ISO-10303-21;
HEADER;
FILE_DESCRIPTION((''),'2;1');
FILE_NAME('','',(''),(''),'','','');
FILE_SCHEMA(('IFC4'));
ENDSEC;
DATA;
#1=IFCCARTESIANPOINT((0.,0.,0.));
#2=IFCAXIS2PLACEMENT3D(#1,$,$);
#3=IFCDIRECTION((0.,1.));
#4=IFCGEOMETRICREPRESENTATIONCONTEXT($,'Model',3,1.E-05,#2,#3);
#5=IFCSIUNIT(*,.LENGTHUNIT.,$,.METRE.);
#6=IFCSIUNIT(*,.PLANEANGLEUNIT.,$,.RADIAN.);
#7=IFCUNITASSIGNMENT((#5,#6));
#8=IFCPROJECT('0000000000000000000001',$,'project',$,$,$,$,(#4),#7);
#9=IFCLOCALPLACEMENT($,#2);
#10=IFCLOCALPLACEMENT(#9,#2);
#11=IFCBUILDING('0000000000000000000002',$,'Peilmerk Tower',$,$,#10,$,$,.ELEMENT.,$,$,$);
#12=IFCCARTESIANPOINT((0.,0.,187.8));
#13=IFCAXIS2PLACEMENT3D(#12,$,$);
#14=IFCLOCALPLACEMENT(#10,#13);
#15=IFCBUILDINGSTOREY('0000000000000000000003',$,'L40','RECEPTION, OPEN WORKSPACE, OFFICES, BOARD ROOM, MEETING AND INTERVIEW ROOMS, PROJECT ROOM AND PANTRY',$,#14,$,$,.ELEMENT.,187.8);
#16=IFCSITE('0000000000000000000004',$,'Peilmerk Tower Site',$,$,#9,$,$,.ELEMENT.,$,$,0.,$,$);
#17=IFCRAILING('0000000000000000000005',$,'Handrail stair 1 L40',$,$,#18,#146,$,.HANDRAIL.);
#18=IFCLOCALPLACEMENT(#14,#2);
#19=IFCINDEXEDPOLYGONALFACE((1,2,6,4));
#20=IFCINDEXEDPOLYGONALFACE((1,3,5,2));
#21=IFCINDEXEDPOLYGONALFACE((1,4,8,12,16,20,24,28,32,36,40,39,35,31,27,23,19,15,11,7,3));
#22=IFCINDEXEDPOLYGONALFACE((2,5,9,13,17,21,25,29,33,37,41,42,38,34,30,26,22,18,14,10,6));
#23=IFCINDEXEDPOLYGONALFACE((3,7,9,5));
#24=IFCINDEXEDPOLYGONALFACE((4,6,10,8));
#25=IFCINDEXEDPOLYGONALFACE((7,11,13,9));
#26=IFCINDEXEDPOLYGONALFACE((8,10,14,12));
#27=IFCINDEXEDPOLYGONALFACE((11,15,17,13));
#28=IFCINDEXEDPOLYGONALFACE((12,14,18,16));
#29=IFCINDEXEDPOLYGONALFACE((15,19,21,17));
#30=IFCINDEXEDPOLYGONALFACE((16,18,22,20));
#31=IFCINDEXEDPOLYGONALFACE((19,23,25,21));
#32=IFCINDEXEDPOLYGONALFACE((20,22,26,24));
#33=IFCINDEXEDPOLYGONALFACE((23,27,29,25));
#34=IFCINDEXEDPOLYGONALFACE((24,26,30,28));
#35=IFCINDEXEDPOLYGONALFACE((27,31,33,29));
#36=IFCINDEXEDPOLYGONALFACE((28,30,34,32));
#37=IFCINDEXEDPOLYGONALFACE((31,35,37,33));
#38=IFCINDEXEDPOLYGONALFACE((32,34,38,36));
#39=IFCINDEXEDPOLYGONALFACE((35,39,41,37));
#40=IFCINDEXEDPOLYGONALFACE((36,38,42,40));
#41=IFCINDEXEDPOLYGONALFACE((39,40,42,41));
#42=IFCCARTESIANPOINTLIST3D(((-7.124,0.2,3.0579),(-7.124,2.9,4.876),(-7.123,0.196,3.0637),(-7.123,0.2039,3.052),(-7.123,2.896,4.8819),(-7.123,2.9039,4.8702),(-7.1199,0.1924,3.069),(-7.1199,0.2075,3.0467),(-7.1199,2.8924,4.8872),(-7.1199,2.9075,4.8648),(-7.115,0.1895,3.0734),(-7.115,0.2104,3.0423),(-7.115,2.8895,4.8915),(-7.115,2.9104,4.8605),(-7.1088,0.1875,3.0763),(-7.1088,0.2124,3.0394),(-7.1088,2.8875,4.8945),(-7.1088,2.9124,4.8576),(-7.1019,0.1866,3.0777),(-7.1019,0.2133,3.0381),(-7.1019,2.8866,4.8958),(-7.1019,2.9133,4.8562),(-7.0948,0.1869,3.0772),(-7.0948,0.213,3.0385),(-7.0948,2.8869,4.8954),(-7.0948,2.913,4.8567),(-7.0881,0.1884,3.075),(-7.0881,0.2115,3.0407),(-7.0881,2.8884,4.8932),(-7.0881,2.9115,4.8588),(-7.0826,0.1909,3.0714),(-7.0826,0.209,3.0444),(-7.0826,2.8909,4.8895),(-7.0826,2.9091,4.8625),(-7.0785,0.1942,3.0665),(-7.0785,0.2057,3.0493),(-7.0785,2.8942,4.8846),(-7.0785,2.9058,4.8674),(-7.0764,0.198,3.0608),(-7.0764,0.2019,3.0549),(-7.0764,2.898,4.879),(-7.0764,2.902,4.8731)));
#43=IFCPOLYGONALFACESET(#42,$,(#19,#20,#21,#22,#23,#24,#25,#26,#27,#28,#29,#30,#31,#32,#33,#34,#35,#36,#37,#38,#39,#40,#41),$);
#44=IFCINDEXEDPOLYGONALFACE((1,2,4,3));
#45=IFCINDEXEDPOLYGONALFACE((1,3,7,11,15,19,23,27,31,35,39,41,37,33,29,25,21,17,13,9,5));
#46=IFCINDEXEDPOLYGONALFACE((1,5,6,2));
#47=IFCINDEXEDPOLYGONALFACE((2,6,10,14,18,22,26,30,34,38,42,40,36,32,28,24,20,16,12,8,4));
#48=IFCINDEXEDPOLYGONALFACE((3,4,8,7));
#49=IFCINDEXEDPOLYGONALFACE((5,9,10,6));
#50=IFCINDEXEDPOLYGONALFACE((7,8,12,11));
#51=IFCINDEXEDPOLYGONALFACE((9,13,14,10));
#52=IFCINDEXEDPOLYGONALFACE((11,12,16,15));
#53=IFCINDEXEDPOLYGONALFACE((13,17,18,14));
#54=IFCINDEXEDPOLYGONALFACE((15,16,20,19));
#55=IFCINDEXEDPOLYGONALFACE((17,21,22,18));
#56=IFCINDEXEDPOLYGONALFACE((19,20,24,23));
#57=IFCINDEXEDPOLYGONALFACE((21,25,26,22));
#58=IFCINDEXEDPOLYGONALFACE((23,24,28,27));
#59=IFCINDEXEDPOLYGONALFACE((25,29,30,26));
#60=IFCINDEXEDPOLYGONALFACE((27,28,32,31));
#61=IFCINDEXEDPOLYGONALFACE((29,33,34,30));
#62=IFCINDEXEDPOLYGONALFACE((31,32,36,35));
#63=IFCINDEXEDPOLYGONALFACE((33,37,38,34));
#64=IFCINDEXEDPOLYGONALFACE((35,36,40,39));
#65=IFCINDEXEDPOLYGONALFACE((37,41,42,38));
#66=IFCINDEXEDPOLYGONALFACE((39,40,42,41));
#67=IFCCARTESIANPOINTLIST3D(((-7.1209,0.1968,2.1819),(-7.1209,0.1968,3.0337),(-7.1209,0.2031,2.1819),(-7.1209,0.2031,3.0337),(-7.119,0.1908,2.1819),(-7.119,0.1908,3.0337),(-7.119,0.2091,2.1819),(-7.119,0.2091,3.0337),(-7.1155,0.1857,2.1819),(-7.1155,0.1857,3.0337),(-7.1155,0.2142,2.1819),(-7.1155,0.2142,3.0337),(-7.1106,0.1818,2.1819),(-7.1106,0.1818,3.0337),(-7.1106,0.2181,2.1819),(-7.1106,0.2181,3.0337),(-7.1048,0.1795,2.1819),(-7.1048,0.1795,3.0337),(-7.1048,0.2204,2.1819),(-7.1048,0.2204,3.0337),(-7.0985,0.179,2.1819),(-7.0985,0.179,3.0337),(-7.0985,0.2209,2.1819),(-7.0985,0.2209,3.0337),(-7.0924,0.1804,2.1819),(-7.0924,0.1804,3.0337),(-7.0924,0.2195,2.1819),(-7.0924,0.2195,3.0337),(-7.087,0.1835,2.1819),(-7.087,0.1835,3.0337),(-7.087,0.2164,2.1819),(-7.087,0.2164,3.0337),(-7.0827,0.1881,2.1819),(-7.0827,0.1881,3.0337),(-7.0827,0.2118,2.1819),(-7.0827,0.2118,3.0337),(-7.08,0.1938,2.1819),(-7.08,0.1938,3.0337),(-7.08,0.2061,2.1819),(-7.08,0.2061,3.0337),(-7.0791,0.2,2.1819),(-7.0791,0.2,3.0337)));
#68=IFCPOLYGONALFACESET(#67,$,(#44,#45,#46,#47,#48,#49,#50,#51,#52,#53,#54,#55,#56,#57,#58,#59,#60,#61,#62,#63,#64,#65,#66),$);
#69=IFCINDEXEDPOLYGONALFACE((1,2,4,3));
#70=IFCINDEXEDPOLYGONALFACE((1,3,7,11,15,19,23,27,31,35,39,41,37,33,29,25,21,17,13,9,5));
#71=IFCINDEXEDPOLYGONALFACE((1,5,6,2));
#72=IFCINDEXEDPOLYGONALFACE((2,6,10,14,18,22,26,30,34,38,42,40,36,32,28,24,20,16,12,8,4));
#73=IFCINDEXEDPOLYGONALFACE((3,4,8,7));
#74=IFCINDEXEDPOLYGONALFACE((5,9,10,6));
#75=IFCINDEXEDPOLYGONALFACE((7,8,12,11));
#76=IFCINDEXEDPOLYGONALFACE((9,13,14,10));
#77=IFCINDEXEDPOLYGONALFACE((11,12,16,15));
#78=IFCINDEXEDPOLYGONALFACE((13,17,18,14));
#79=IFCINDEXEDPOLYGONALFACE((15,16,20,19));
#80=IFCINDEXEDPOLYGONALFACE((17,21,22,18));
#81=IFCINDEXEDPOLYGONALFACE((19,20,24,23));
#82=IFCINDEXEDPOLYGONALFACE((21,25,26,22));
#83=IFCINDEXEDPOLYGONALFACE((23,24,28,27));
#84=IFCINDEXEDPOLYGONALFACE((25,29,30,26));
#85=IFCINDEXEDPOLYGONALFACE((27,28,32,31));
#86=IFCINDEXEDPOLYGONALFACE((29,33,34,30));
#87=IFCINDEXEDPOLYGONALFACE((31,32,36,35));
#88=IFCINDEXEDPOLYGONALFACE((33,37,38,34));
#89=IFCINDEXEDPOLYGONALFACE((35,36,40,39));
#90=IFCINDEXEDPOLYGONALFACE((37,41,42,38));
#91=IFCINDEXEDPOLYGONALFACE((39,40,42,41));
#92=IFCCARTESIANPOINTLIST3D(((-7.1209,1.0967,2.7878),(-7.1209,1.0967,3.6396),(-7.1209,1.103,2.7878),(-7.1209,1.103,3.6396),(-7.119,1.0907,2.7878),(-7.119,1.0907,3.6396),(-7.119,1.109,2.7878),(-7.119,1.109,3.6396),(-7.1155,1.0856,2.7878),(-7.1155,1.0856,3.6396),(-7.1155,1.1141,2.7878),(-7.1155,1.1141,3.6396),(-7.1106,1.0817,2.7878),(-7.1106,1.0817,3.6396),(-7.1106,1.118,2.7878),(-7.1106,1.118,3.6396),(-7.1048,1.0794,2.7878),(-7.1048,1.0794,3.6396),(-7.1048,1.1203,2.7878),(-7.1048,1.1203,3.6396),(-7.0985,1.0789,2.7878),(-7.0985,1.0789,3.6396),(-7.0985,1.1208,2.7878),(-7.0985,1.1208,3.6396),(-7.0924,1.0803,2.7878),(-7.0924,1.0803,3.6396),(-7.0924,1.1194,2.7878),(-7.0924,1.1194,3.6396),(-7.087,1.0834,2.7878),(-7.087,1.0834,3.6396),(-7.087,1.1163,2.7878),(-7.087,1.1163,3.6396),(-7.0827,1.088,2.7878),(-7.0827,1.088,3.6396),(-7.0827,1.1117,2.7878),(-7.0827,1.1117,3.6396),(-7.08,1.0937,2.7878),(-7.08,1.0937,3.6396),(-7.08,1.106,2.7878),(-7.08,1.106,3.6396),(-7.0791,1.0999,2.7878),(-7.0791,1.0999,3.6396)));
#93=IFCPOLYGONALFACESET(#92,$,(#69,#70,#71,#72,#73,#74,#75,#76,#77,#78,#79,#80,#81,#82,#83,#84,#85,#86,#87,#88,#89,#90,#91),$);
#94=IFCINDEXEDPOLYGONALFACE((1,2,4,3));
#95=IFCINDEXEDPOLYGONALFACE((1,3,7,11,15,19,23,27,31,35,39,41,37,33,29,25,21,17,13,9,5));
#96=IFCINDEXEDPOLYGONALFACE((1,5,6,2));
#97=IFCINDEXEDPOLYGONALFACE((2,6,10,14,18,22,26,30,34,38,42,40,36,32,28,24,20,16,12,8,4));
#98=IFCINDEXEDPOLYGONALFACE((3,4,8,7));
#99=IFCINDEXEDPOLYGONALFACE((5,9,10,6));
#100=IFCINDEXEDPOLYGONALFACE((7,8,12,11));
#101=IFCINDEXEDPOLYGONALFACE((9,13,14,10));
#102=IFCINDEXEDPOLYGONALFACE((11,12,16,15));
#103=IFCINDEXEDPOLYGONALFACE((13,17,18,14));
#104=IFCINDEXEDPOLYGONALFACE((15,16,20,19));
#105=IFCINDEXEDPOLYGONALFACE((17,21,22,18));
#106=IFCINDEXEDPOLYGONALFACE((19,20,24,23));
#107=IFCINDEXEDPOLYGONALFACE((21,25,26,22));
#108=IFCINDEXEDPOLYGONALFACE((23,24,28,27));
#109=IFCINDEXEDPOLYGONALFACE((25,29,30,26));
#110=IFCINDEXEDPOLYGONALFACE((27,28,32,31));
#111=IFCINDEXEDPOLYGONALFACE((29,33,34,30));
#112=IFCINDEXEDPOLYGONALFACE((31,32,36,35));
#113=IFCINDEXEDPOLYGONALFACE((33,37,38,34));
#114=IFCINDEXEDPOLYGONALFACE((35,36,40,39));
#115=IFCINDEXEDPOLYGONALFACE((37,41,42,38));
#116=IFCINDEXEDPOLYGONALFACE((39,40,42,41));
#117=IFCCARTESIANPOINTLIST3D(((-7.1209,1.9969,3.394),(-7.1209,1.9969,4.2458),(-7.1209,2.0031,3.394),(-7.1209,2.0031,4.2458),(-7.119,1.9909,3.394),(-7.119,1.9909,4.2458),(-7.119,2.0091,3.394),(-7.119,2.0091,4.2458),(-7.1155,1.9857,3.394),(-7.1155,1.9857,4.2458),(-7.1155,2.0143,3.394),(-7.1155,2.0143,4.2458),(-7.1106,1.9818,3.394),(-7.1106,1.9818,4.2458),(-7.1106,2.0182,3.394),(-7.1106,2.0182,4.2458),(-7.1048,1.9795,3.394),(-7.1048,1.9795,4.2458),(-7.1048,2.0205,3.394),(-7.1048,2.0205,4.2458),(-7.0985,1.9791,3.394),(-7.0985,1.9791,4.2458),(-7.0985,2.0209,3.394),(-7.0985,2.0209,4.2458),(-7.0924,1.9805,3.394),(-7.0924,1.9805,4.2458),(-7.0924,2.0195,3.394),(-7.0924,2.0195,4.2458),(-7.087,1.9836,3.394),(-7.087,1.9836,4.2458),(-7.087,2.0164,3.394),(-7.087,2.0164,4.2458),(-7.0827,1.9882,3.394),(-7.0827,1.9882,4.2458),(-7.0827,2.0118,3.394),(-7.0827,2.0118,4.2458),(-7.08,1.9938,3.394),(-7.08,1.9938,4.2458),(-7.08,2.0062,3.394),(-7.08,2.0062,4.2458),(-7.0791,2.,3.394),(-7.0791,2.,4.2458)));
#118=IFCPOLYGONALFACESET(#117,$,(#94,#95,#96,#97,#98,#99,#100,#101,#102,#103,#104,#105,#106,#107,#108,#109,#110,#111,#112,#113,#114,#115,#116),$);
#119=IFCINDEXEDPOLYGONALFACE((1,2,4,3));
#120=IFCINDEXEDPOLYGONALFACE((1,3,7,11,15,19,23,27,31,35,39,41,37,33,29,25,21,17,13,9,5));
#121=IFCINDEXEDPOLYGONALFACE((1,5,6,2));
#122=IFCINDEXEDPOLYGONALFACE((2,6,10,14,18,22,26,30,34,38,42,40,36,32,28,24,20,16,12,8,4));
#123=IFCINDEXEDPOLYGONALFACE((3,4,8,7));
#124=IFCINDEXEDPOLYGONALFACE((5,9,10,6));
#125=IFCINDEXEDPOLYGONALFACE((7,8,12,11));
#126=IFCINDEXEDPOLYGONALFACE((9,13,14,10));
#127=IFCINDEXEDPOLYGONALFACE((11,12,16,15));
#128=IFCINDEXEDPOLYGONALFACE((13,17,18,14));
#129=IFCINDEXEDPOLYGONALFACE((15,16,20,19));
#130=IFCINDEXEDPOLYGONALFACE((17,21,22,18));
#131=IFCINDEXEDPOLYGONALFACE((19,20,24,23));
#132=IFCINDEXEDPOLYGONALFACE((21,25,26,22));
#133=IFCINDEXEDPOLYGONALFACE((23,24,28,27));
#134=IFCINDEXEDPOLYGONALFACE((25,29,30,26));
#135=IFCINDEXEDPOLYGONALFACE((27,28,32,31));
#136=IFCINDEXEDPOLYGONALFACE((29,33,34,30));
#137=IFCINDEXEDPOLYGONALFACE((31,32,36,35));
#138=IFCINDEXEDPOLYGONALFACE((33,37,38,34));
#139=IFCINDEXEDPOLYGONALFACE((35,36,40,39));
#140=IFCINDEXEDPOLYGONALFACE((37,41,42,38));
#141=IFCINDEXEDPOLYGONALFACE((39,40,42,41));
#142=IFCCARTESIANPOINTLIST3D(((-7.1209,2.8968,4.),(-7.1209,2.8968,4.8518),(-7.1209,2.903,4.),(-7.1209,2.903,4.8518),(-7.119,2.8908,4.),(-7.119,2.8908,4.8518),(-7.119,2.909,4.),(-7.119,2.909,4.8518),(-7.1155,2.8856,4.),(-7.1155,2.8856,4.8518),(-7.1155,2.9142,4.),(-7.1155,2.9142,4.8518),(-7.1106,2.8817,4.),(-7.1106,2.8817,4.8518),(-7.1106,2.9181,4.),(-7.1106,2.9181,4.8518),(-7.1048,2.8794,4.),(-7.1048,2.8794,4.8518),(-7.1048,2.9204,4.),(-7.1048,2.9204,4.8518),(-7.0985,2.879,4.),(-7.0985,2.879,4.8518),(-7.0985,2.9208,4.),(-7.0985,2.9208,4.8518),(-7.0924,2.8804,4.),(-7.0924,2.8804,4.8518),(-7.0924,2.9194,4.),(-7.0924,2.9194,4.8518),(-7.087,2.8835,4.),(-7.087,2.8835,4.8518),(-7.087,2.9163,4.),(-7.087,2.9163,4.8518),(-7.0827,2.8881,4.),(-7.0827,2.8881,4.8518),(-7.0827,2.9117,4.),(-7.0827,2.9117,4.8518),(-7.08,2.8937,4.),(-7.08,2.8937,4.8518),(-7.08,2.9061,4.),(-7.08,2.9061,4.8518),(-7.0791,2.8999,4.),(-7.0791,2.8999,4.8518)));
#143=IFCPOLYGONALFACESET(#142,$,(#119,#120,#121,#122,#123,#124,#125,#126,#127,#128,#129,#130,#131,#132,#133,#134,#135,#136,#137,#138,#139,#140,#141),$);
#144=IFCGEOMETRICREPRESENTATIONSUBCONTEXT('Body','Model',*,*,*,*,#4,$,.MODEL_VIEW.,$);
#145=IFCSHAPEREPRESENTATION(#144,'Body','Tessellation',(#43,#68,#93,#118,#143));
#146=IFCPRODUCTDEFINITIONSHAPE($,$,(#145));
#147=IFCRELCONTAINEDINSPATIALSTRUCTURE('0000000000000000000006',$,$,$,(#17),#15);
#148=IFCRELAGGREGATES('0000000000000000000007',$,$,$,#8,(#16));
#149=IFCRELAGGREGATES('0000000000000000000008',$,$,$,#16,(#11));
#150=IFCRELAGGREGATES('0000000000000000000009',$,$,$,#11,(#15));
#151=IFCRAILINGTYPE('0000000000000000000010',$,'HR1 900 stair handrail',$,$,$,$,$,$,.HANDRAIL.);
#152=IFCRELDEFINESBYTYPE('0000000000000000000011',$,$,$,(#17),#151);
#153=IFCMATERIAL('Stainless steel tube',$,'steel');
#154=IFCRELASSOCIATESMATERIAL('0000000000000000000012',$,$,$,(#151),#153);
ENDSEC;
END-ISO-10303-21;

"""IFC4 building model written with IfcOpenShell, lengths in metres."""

from ifc_helpers import new_model, si_unit, direction, frame, origin, origin_2d, place, context, subcontext, project, spatial, circle, extrude, material, type_object, element, save


model = new_model("IFC4")

# Units and contexts
model_context = context("Model", 3, precision=1e-05, world=origin(), true_north=direction((0.0, 1.0)))
body_context = subcontext(model_context, "Body", "Model", "MODEL_VIEW")
ifc_project = project(units=[si_unit("LENGTHUNIT", "METRE"), si_unit("PLANEANGLEUNIT", "RADIAN")], contexts=[model_context])

# Site, building, storey
site_placement = place(None, origin())
site = spatial("IfcSite", under=ifc_project, at=site_placement, Name="Peilmerk Tower Site", CompositionType="ELEMENT", RefElevation=0.0)
building_placement = place(site_placement, origin())
building = spatial("IfcBuilding", under=site, at=building_placement, Name="Peilmerk Tower", CompositionType="ELEMENT")
storey_placement = place(building_placement, frame((0.0, 0.0, 187.8)))
storey = spatial("IfcBuildingStorey", under=building, at=storey_placement, Name="L40", Description="RECEPTION, OPEN WORKSPACE, OFFICES, BOARD ROOM, MEETING AND INTERVIEW ROOMS, PROJECT ROOM AND PANTRY", CompositionType="ELEMENT", Elevation=187.8)

# Railing
ifc_material_1 = material(Name="Stainless steel tube", Category="steel")
railing_type_1 = type_object("IfcRailingType", Name="HR1 900 stair handrail", PredefinedType="HANDRAIL", material=ifc_material_1)
railing_1_placement = place(storey_placement, frame((-7.1001, 0.2, 2.1819)))
element("IfcRailing", 1, at=railing_1_placement, inside=storey, type_object=railing_type_1, Name="Handrail stair 1 L40", PredefinedType="HANDRAIL", context=body_context, shape_type="SweptSolid", body=[
    extrude(circle(Radius=0.0239, at=origin_2d()), frame((0.0, 0.0, 0.876), z_axis=(0.0, 0.829468, 0.558554), x_axis=(-1.0, 0.0, 0.0)), (0.0, 0.0, 1.0), 3.2551),
    extrude(circle(Radius=0.021, at=origin_2d()), origin(), (0.0, 0.0, 1.0), 0.8518),
    extrude(circle(Radius=0.021, at=origin_2d()), frame((0.0, 0.8999, 0.606)), (0.0, 0.0, 1.0), 0.8518),
    extrude(circle(Radius=0.021, at=origin_2d()), frame((0.0, 1.8, 1.2122)), (0.0, 0.0, 1.0), 0.8518),
    extrude(circle(Radius=0.021, at=origin_2d()), frame((0.0, 2.7, 1.8181)), (0.0, 0.0, 1.0), 0.8518),
])

save(model, "model.ifc")
